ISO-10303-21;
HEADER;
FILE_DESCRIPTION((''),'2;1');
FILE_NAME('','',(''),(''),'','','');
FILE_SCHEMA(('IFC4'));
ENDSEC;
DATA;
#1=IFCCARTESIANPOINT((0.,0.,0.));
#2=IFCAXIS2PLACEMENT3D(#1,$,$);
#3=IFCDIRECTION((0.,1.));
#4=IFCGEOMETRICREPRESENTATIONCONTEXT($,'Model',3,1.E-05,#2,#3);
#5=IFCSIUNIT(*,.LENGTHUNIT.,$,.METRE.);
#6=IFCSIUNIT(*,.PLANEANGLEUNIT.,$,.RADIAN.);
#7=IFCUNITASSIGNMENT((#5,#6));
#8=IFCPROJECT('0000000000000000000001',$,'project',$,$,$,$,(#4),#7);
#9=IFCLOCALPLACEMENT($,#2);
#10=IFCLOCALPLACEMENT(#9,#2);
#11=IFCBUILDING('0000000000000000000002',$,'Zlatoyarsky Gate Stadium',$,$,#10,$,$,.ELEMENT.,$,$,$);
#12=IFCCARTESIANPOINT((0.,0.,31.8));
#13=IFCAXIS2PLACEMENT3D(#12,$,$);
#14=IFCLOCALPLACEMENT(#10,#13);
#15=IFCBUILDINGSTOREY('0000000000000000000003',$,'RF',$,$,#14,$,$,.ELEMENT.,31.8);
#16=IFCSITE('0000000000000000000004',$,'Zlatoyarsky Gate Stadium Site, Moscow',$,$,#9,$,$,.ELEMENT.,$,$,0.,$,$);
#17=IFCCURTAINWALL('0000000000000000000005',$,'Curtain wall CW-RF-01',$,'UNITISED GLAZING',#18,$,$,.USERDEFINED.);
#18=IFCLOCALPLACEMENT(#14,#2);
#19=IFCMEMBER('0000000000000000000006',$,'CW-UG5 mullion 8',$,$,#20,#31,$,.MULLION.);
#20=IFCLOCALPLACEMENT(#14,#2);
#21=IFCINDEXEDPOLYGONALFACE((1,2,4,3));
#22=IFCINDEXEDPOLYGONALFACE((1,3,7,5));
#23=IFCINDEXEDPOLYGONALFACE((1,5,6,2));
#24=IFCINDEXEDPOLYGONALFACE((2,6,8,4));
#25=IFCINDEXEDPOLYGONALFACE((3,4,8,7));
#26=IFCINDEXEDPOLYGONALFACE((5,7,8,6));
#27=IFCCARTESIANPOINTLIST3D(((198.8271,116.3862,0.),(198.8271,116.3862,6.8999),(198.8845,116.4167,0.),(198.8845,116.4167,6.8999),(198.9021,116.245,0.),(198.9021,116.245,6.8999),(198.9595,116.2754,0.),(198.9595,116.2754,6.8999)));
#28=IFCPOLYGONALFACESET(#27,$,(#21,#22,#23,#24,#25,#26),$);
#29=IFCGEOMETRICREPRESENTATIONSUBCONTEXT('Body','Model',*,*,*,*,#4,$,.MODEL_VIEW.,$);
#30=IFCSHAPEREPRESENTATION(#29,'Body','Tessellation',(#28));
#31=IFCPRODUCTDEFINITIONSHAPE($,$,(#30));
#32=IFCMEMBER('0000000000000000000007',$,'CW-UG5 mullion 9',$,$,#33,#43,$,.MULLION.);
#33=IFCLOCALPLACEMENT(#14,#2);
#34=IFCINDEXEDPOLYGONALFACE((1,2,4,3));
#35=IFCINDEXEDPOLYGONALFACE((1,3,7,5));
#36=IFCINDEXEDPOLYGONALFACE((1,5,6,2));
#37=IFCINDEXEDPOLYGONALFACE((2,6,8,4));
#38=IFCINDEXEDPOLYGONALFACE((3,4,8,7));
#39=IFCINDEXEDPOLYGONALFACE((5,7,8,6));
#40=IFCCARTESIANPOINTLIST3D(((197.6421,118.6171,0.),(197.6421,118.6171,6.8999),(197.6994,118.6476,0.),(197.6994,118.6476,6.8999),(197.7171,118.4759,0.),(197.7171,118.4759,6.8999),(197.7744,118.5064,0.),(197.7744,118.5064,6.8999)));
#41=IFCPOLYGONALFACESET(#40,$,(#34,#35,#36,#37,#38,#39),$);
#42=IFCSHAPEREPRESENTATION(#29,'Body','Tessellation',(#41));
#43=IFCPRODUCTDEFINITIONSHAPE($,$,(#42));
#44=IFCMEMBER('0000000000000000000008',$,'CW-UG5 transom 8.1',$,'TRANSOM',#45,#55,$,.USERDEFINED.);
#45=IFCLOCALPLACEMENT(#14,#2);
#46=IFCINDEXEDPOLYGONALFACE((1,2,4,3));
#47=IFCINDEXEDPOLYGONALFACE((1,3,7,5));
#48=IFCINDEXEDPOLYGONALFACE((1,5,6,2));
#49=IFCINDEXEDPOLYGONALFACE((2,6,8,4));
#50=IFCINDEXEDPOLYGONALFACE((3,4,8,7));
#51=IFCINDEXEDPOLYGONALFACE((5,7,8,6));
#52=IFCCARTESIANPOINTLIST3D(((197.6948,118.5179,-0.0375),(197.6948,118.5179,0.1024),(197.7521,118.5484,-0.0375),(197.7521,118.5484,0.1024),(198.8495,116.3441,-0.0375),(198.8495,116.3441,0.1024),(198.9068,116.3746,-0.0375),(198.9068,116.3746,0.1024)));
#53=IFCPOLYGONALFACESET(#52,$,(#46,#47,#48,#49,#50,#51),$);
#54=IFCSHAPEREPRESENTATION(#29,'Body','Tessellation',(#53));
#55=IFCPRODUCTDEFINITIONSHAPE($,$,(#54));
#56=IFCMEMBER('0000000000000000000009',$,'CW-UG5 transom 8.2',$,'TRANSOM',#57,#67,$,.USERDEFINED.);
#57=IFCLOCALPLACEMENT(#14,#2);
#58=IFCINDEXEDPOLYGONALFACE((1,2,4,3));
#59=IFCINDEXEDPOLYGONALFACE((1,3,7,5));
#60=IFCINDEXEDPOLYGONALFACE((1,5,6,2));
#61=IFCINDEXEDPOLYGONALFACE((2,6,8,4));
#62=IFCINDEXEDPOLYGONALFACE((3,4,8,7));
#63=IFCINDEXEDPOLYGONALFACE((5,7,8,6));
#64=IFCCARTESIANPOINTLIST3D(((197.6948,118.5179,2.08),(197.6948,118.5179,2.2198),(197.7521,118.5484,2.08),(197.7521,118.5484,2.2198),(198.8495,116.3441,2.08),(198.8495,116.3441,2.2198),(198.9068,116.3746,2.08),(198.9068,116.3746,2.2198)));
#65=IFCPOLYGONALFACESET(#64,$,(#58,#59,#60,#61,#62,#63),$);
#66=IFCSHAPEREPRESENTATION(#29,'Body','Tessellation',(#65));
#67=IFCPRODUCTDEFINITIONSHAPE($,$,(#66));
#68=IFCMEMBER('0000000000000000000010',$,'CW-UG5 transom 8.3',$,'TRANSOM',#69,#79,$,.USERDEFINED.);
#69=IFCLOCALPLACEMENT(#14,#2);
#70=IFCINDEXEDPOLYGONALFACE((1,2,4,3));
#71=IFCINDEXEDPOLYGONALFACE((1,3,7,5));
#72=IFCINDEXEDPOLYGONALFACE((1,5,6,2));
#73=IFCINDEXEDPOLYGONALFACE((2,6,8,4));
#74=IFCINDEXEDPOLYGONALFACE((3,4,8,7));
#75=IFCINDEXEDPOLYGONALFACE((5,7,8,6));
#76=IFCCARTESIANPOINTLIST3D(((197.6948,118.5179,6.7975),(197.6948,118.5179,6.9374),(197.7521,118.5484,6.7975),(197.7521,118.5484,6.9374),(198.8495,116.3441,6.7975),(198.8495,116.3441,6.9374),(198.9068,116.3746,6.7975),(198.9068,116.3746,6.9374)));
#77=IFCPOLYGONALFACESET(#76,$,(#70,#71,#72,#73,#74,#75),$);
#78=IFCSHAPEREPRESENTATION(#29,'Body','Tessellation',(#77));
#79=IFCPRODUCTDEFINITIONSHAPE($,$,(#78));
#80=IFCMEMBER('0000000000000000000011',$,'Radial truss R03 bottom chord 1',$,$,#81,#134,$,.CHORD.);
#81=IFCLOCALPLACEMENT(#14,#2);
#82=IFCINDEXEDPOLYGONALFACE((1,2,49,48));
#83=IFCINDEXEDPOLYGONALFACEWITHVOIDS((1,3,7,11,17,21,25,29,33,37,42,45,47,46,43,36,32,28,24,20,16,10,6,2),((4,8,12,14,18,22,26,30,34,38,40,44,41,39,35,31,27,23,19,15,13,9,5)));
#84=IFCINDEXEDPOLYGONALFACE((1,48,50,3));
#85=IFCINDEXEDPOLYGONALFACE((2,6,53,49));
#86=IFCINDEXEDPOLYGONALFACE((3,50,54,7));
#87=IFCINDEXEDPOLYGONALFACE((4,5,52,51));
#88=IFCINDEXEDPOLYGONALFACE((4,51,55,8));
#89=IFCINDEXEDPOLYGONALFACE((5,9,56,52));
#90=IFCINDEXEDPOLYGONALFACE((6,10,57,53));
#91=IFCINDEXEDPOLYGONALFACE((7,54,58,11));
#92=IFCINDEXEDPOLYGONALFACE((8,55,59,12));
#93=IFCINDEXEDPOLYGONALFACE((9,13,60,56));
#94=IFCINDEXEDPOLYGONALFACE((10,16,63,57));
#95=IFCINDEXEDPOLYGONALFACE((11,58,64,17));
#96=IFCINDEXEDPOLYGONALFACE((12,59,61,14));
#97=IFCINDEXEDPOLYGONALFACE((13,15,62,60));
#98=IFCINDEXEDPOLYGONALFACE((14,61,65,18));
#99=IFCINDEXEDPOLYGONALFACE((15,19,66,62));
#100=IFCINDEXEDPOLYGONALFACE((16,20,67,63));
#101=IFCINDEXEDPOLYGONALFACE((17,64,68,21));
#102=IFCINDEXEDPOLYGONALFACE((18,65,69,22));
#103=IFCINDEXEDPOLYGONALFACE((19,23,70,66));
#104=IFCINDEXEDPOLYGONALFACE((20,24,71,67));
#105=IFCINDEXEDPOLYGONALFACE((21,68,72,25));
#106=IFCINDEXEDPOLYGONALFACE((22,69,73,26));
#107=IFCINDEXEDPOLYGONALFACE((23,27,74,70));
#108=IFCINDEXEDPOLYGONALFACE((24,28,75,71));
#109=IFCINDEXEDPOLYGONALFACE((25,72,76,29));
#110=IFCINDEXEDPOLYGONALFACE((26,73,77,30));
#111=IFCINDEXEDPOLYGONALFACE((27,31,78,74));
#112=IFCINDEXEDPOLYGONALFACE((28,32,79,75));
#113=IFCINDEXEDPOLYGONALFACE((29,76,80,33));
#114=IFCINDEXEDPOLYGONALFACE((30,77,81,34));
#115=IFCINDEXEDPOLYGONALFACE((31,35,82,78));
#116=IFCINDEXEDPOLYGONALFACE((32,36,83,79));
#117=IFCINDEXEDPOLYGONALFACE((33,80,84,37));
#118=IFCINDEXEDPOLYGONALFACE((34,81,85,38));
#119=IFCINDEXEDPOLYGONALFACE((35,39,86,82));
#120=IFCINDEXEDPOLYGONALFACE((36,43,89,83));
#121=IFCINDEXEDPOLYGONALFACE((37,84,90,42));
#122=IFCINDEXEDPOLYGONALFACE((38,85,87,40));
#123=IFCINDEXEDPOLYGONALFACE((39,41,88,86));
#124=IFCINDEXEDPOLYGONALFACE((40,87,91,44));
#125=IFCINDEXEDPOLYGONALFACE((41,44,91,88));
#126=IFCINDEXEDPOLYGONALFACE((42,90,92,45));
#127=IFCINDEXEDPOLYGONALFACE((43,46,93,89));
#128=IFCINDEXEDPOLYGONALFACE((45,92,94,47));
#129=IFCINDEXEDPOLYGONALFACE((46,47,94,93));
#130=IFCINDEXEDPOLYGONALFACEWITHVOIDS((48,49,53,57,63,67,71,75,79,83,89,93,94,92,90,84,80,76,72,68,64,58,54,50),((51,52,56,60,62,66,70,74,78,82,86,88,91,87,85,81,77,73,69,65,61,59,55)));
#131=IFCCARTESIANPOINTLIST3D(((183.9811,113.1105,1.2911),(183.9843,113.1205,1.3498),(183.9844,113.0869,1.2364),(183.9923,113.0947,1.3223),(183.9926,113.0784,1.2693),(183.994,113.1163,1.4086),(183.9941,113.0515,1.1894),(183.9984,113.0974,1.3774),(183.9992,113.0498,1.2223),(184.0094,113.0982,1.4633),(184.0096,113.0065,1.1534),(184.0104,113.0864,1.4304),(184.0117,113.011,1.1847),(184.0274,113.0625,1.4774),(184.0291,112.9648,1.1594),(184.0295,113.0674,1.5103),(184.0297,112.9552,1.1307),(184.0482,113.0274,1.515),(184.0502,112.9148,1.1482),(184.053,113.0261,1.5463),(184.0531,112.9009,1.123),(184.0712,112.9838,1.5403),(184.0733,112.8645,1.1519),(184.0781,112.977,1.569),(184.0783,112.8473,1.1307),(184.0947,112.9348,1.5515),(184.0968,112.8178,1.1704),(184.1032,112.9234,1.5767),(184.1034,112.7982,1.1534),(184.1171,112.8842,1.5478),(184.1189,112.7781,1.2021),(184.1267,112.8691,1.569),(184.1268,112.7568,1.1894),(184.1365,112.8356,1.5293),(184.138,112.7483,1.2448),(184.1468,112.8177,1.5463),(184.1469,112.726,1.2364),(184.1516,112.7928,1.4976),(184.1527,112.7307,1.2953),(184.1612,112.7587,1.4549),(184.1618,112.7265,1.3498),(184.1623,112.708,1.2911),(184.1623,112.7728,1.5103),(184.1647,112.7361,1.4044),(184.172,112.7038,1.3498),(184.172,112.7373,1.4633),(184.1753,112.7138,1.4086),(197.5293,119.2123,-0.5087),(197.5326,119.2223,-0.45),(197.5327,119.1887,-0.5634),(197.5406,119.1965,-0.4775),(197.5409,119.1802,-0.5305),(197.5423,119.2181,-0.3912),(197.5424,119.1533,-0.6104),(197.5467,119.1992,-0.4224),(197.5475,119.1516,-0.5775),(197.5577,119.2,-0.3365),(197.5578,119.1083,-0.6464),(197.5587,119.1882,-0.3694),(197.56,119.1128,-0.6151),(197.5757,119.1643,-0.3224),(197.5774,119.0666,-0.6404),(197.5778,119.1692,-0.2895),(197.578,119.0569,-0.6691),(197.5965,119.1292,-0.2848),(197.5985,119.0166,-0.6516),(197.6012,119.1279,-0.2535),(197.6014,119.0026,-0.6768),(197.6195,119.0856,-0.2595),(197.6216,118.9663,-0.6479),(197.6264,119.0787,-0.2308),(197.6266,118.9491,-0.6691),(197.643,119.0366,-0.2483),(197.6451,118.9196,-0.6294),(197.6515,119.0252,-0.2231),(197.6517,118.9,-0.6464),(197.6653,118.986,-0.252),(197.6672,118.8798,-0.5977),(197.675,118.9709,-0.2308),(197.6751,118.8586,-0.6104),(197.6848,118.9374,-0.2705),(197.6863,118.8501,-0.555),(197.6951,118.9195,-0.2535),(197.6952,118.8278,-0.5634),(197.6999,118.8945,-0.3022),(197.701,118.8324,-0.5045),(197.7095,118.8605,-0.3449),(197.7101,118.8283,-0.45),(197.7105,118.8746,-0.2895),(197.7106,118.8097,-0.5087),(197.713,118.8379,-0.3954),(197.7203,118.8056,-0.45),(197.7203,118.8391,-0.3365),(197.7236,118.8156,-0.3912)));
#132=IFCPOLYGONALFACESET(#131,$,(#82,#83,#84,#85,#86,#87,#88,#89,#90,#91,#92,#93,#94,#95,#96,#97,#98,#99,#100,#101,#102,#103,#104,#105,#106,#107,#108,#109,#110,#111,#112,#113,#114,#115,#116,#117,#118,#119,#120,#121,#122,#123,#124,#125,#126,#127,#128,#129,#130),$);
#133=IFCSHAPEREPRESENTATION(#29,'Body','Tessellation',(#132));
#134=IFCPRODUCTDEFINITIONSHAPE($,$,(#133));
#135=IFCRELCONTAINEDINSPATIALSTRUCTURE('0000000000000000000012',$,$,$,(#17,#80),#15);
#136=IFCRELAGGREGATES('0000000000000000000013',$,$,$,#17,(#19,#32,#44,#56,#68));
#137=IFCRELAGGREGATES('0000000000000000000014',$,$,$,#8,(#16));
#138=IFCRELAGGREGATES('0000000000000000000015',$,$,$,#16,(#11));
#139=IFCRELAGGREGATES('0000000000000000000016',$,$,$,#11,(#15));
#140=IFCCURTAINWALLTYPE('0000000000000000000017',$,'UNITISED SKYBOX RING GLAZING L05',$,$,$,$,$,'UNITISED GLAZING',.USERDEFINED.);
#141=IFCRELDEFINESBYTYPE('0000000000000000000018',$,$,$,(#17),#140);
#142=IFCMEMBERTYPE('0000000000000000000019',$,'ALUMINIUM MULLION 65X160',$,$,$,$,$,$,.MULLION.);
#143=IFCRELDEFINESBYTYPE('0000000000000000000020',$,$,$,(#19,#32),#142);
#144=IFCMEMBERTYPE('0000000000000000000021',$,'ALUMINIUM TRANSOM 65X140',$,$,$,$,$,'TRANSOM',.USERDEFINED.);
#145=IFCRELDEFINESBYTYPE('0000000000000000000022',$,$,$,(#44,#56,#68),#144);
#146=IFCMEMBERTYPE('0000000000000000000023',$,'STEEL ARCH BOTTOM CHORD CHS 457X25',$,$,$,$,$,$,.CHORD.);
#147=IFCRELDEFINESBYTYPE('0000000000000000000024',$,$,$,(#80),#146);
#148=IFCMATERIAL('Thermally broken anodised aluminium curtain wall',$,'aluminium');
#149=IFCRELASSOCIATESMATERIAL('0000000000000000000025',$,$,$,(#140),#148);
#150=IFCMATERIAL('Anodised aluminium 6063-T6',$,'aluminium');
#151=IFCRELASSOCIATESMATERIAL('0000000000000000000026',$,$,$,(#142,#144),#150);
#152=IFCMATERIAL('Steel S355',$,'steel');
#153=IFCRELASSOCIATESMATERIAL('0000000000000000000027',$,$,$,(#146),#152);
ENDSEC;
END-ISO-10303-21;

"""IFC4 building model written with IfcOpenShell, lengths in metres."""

from ifc_helpers import new_model, si_unit, direction, frame, origin, origin_2d, place, context, subcontext, project, spatial, rectangle, hollow_circle, extrude, material, material_profile, profile_set, type_object, element, aggregate, save


model = new_model("IFC4")

# Units and contexts
model_context = context("Model", 3, precision=1e-05, world=origin(), true_north=direction((0.0, 1.0)))
body_context = subcontext(model_context, "Body", "Model", "MODEL_VIEW")
ifc_project = project(units=[si_unit("LENGTHUNIT", "METRE"), si_unit("PLANEANGLEUNIT", "RADIAN")], contexts=[model_context])

# Site, building, storey
site_placement = place(None, origin())
site = spatial("IfcSite", under=ifc_project, at=site_placement, Name="Zlatoyarsky Gate Stadium Site, Moscow", CompositionType="ELEMENT", RefElevation=0.0)
building_placement = place(site_placement, origin())
building = spatial("IfcBuilding", under=site, at=building_placement, Name="Zlatoyarsky Gate Stadium", CompositionType="ELEMENT")
storey_placement = place(building_placement, frame((0.0, 0.0, 31.8)))
storey = spatial("IfcBuildingStorey", under=building, at=storey_placement, Name="RF", CompositionType="ELEMENT", Elevation=31.8)

# Curtain wall, members
ifc_material_1 = material(Name="Thermally broken anodised aluminium curtain wall", Category="aluminium")
curtain_wall_type = type_object("IfcCurtainWallType", Name="UNITISED SKYBOX RING GLAZING L05", ElementType="UNITISED GLAZING", PredefinedType="USERDEFINED", material=ifc_material_1)
curtain_wall_placement = place(storey_placement, origin())
curtain_wall = element("IfcCurtainWall", 1, at=curtain_wall_placement, inside=storey, type_object=curtain_wall_type, Name="Curtain wall CW-RF-01", ObjectType="UNITISED GLAZING", PredefinedType="USERDEFINED")
ifc_material_2 = material(Name="Anodised aluminium 6063-T6", Category="aluminium")
ifc_material_profile_1 = material_profile(ifc_material_2, rectangle(XDim=0.0649, YDim=0.1599, at=origin_2d()), Name="ALU 65X160")
ifc_profile_set_1 = profile_set([ifc_material_profile_1], Name="Anodised aluminium 6063-T6")
member_type_1 = type_object("IfcMemberType", Name="ALUMINIUM MULLION 65X160", PredefinedType="MULLION", material=ifc_profile_set_1)
member_1_placement = place(storey_placement, frame((198.8933, 116.3308, 0.0), z_axis=(0.0, 0.0, 1.0), x_axis=(-0.883131, -0.469127, 0.0)))
member_1 = element("IfcMember", 2, at=member_1_placement, type_object=member_type_1, Name="CW-UG5 mullion 8", PredefinedType="MULLION", context=body_context, shape_type="SweptSolid", body=[
    extrude(rectangle(XDim=0.0649, YDim=0.1599, at=origin_2d()), origin(), (0.0, 0.0, 1.0), 6.8999),
])
member_2_placement = place(storey_placement, frame((197.7083, 118.5618, 0.0), z_axis=(0.0, 0.0, 1.0), x_axis=(-0.883131, -0.469127, 0.0)))
member_2 = element("IfcMember", 3, at=member_2_placement, type_object=member_type_1, Name="CW-UG5 mullion 9", PredefinedType="MULLION", context=body_context, shape_type="SweptSolid", body=[
    extrude(rectangle(XDim=0.0649, YDim=0.1599, at=origin_2d()), origin(), (0.0, 0.0, 1.0), 6.8999),
])
ifc_material_profile_2 = material_profile(ifc_material_2, rectangle(XDim=0.0649, YDim=0.1399, at=origin_2d()), Name="ALU 65X140")
ifc_profile_set_2 = profile_set([ifc_material_profile_2], Name="Anodised aluminium 6063-T6")
member_type_2 = type_object("IfcMemberType", Name="ALUMINIUM TRANSOM 65X140", ElementType="TRANSOM", PredefinedType="USERDEFINED", material=ifc_profile_set_2)
member_3_placement = place(storey_placement, frame((198.8782, 116.3594, 0.0325), z_axis=(-0.469136, 0.883126, 0.0), x_axis=(-0.883126, -0.469136, 0.0)))
member_3 = element("IfcMember", 4, at=member_3_placement, type_object=member_type_2, Name="CW-UG5 transom 8.1", ObjectType="TRANSOM", PredefinedType="USERDEFINED", context=body_context, shape_type="SweptSolid", body=[
    extrude(rectangle(XDim=0.0649, YDim=0.1399, at=origin_2d()), origin(), (0.0, 0.0, 1.0), 2.4614),
])
member_4_placement = place(storey_placement, frame((198.8782, 116.3594, 2.1499), z_axis=(-0.469136, 0.883126, 0.0), x_axis=(-0.883126, -0.469136, 0.0)))
member_4 = element("IfcMember", 5, at=member_4_placement, type_object=member_type_2, Name="CW-UG5 transom 8.2", ObjectType="TRANSOM", PredefinedType="USERDEFINED", context=body_context, shape_type="SweptSolid", body=[
    extrude(rectangle(XDim=0.0649, YDim=0.1399, at=origin_2d()), origin(), (0.0, 0.0, 1.0), 2.4614),
])
member_5_placement = place(storey_placement, frame((198.8782, 116.3594, 6.8674), z_axis=(-0.469136, 0.883126, 0.0), x_axis=(-0.883126, -0.469136, 0.0)))
member_5 = element("IfcMember", 6, at=member_5_placement, type_object=member_type_2, Name="CW-UG5 transom 8.3", ObjectType="TRANSOM", PredefinedType="USERDEFINED", context=body_context, shape_type="SweptSolid", body=[
    extrude(rectangle(XDim=0.0649, YDim=0.1399, at=origin_2d()), origin(), (0.0, 0.0, 1.0), 2.4614),
])

# Member
ifc_material_3 = material(Name="Steel S355", Category="steel")
ifc_material_profile_3 = material_profile(ifc_material_3, hollow_circle(Radius=0.2285, WallThickness=0.0249, at=origin_2d()), Name="CHS 457X25")
ifc_profile_set_3 = profile_set([ifc_material_profile_3], Name="Steel S355")
member_type_3 = type_object("IfcMemberType", Name="STEEL ARCH BOTTOM CHORD CHS 457X25", PredefinedType="CHORD", material=ifc_profile_set_3)
member_6_placement = place(storey_placement, frame((197.6265, 119.0139, -0.45), z_axis=(-0.905178, -0.407668, 0.120247), x_axis=(0.410647, -0.911794, 0.0)))
element("IfcMember", 7, at=member_6_placement, inside=storey, type_object=member_type_3, Name="Radial truss R03 bottom chord 1", PredefinedType="CHORD", context=body_context, shape_type="SweptSolid", body=[
    extrude(hollow_circle(Radius=0.2285, WallThickness=0.0249, at=origin_2d()), origin(), (0.0, 0.0, 1.0), 14.9675),
])

aggregate(curtain_wall, [member_1, member_2, member_3, member_4, member_5])

save(model, "model.ifc")
